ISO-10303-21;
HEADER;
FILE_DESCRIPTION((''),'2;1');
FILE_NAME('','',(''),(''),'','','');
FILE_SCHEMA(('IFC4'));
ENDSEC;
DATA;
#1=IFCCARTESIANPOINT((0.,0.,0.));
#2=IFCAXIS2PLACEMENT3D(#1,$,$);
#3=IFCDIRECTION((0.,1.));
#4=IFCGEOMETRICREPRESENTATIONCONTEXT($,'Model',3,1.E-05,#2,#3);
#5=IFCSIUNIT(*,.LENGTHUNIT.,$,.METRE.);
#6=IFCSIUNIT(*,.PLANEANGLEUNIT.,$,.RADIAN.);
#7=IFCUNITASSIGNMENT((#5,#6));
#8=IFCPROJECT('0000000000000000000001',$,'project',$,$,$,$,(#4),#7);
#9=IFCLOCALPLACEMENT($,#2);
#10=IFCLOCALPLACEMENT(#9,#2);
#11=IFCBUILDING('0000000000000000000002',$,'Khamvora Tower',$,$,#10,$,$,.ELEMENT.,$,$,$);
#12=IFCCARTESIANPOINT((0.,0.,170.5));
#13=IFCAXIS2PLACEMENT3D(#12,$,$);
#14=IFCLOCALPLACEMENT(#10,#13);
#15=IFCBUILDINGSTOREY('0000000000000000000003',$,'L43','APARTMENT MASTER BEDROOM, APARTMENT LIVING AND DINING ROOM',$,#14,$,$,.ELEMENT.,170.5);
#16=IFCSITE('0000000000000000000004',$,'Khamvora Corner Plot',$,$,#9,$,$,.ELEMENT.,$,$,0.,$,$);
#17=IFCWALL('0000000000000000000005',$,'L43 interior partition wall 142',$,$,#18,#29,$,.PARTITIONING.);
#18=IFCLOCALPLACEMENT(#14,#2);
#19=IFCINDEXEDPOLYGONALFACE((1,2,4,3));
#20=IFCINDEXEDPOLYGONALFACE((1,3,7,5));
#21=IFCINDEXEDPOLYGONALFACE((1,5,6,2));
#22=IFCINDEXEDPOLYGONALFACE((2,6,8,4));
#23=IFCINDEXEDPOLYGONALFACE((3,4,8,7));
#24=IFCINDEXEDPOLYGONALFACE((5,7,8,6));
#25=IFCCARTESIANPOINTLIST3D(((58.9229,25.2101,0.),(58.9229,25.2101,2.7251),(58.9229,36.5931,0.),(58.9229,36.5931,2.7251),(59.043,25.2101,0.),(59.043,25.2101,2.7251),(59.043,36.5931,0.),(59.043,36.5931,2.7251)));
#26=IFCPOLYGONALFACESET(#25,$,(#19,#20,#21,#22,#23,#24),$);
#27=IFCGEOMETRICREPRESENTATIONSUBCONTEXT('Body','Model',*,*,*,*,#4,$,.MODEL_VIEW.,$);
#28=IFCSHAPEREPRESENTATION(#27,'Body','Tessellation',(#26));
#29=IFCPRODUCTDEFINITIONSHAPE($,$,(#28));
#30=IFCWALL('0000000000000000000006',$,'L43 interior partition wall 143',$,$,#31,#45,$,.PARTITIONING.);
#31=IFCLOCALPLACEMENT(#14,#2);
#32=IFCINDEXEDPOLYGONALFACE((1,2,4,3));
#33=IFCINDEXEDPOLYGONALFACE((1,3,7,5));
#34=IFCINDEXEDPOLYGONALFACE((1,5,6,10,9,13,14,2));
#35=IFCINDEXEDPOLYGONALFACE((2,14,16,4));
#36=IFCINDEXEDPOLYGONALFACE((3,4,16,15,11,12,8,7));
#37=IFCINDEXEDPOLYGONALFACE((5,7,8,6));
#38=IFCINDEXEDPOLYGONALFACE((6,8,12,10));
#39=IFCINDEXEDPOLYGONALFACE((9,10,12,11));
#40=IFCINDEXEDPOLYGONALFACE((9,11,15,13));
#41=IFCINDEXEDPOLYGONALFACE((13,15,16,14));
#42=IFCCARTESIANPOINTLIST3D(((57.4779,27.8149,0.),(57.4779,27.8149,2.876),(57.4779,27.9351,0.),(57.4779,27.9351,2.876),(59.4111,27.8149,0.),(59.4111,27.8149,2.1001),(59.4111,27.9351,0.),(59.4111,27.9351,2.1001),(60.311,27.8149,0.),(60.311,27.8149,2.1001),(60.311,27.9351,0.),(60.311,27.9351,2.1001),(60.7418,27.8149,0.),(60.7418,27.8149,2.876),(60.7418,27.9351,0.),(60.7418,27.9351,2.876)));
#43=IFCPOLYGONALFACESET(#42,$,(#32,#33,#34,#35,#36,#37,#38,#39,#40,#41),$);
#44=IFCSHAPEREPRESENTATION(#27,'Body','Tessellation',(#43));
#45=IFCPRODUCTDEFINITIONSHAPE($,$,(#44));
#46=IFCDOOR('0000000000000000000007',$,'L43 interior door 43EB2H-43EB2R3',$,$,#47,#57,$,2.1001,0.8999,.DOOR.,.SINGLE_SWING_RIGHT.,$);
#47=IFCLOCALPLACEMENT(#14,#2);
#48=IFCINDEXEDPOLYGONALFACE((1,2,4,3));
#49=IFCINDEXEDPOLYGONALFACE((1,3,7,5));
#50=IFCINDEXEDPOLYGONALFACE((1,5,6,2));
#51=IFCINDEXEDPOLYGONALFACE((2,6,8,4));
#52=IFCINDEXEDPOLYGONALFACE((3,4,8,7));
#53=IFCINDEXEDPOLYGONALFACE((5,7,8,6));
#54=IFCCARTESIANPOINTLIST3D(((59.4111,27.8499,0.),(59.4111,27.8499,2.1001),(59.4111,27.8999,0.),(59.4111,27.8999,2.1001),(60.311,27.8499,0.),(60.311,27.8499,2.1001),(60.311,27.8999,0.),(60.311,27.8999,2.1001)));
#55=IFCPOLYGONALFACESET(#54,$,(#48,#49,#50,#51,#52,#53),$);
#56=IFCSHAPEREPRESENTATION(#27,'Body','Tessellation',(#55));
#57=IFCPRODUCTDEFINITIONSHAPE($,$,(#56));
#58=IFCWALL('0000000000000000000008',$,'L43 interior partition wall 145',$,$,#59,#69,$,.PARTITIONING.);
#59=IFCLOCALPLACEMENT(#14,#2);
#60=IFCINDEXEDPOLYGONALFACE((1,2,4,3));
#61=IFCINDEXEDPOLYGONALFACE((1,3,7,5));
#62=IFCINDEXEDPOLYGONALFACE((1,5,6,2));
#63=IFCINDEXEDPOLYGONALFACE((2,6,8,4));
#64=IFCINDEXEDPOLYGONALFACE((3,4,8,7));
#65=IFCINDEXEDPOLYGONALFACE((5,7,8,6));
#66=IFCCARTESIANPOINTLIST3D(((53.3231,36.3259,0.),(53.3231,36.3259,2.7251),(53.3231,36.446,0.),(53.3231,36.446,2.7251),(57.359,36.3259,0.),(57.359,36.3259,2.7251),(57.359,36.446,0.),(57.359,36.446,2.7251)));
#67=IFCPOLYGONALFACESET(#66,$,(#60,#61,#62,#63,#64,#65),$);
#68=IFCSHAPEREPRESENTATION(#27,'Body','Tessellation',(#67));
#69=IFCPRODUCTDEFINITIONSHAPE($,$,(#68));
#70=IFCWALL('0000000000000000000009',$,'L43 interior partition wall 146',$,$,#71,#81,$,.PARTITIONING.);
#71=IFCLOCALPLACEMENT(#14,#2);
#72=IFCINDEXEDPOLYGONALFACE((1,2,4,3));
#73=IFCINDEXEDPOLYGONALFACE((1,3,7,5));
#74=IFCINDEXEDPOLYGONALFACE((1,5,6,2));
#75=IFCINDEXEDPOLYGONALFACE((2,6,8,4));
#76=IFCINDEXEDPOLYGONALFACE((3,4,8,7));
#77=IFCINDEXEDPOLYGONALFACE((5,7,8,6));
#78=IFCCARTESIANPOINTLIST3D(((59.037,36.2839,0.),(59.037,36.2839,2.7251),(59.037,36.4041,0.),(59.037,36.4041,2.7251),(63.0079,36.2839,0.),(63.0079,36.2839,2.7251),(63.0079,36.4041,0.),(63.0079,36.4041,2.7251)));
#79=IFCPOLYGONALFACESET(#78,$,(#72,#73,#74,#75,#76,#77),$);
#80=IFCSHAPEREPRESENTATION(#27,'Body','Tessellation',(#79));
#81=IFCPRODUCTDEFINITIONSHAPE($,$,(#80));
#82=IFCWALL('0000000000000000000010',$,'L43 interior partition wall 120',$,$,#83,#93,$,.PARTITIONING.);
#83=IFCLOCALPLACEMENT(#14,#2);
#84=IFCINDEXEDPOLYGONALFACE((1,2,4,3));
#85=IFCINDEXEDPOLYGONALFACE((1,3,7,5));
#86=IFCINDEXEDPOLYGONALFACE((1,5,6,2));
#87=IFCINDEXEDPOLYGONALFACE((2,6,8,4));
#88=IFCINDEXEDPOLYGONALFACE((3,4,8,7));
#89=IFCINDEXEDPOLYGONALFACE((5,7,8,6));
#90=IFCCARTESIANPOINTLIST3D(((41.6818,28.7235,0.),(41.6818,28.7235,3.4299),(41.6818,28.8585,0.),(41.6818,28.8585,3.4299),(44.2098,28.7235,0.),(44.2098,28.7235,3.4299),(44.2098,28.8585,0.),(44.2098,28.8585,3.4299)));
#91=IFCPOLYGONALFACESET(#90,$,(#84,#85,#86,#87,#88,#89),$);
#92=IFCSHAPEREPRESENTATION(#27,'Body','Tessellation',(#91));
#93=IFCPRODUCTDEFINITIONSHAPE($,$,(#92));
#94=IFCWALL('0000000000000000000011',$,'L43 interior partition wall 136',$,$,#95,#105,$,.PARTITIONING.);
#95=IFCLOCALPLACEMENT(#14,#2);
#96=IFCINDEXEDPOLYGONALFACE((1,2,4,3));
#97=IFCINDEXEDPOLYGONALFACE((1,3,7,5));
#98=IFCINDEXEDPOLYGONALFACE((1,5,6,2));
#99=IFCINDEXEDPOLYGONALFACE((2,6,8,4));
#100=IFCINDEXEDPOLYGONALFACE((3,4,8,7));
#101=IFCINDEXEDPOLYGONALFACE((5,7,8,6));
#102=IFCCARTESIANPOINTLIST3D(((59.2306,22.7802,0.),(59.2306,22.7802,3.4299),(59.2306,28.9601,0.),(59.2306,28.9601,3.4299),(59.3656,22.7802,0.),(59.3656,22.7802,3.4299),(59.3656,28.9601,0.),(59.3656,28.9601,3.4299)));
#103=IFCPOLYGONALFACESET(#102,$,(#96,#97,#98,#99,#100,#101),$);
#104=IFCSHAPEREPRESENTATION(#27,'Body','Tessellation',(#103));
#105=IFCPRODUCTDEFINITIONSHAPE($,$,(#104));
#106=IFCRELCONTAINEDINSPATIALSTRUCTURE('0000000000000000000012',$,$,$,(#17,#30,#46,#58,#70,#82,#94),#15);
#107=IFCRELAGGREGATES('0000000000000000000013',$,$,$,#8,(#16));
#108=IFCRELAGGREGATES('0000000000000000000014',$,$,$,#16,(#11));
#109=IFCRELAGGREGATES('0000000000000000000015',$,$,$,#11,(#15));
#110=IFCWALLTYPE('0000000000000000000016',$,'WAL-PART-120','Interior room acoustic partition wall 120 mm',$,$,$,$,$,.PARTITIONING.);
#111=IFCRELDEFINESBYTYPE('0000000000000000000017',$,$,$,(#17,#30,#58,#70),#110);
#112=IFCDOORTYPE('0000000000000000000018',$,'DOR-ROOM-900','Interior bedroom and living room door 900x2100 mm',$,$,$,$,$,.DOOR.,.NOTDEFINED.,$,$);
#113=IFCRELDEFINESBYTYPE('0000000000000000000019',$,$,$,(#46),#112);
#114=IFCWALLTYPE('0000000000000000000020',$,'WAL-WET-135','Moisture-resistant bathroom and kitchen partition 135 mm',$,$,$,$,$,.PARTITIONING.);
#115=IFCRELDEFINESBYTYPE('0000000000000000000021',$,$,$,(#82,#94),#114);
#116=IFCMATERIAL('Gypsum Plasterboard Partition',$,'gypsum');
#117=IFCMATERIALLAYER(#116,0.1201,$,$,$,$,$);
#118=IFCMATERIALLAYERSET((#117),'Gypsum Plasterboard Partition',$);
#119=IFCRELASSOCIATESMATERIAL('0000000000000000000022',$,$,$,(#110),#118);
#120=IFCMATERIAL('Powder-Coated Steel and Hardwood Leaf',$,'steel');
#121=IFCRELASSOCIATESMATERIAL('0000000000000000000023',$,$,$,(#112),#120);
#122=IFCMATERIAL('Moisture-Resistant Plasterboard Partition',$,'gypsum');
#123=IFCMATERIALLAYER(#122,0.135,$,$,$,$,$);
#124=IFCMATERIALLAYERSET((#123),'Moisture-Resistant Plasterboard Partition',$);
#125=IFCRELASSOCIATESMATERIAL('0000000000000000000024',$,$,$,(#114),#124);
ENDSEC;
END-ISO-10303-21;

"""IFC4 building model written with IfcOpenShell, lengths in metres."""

from ifc_helpers import new_model, si_unit, direction, frame, frame_2d, origin, place, context, subcontext, project, spatial, rectangle, extrude, material, layer, layer_set, type_object, element, fill, save


model = new_model("IFC4")

# Units and contexts
model_context = context("Model", 3, precision=1e-05, world=origin(), true_north=direction((0.0, 1.0)))
body_context = subcontext(model_context, "Body", "Model", "MODEL_VIEW")
ifc_project = project(units=[si_unit("LENGTHUNIT", "METRE"), si_unit("PLANEANGLEUNIT", "RADIAN")], contexts=[model_context])

# Site, building, storey
site_placement = place(None, origin())
site = spatial("IfcSite", under=ifc_project, at=site_placement, Name="Khamvora Corner Plot", CompositionType="ELEMENT", RefElevation=0.0)
building_placement = place(site_placement, origin())
building = spatial("IfcBuilding", under=site, at=building_placement, Name="Khamvora Tower", CompositionType="ELEMENT")
storey_placement = place(building_placement, frame((0.0, 0.0, 170.5)))
storey = spatial("IfcBuildingStorey", under=building, at=storey_placement, Name="L43", Description="APARTMENT MASTER BEDROOM, APARTMENT LIVING AND DINING ROOM", CompositionType="ELEMENT", Elevation=170.5)

# Shared definitions
ifc_material_1 = material(Name="Gypsum Plasterboard Partition", Category="gypsum")
ifc_layer_1 = layer(ifc_material_1, 0.1201)
ifc_layer_set_1 = layer_set([ifc_layer_1], Name="Gypsum Plasterboard Partition")
wall_type_1 = type_object("IfcWallType", Name="WAL-PART-120", Description="Interior room acoustic partition wall 120 mm", PredefinedType="PARTITIONING", material=ifc_layer_set_1)

# Shared definitions
ifc_material_2 = material(Name="Powder-Coated Steel and Hardwood Leaf", Category="steel")
door_type = type_object("IfcDoorType", Name="DOR-ROOM-900", Description="Interior bedroom and living room door 900x2100 mm", OperationType="NOTDEFINED", PredefinedType="DOOR", material=ifc_material_2)

# Wall
wall_1_placement = place(storey_placement, frame((58.9829, 36.593, 0.0), z_axis=(0.0, 0.0, 1.0), x_axis=(0.0, -1.0, 0.0)))
element("IfcWall", 1, at=wall_1_placement, inside=storey, type_object=wall_type_1, Name="L43 interior partition wall 142", PredefinedType="PARTITIONING", context=body_context, shape_type="SweptSolid", body=[
    extrude(rectangle(XDim=11.3831, YDim=0.1201, at=frame_2d((5.6914, 0.0))), origin(), (0.0, 0.0, 1.0), 2.7251),
])

# Wall, opening, door
wall_2_placement = place(storey_placement, frame((57.478, 27.875, 0.0), z_axis=(0.0, 0.0, 1.0), x_axis=(1.0, 0.0, 0.0)))
wall_2 = element("IfcWall", 2, at=wall_2_placement, inside=storey, type_object=wall_type_1, Name="L43 interior partition wall 143", PredefinedType="PARTITIONING", context=body_context, shape_type="SweptSolid", body=[
    extrude(rectangle(XDim=3.2639, YDim=0.1201, at=frame_2d((1.6318, 0.0))), origin(), (0.0, 0.0, 1.0), 2.876),
])
opening_1_placement = place(wall_2_placement, frame((1.9331, 0.0, 0.0)))
opening_1 = element("IfcOpeningElement", 3, at=opening_1_placement, cuts=wall_2, PredefinedType="OPENING", context=body_context, shape_type="SweptSolid", body=[
    extrude(rectangle(XDim=0.8999, YDim=2.1001, at=frame_2d((0.45, 1.05))), frame((0.0, 0.0701, 0.0), z_axis=(0.0, -1.0, 0.0), x_axis=(1.0, 0.0, 0.0)), (0.0, 0.0, 1.0), 0.1401),
])
door_1_placement = place(opening_1_placement, origin())
door_1 = element("IfcDoor", 4, at=door_1_placement, inside=storey, type_object=door_type, Name="L43 interior door 43EB2H-43EB2R3", OperationType="SINGLE_SWING_RIGHT", OverallHeight=2.1001, OverallWidth=0.8999, PredefinedType="DOOR", context=body_context, shape_type="SweptSolid", body=[
    extrude(rectangle(XDim=0.8999, YDim=2.1001, at=frame_2d((0.45, 1.05))), frame((0.0, 0.0249, 0.0), z_axis=(0.0, -1.0, 0.0), x_axis=(1.0, 0.0, 0.0)), (0.0, 0.0, 1.0), 0.05),
])
fill(opening_1, door_1)

# Walls
wall_3_placement = place(storey_placement, frame((53.323, 36.386, 0.0), z_axis=(0.0, 0.0, 1.0), x_axis=(1.0, 0.0, 0.0)))
element("IfcWall", 5, at=wall_3_placement, inside=storey, type_object=wall_type_1, Name="L43 interior partition wall 145", PredefinedType="PARTITIONING", context=body_context, shape_type="SweptSolid", body=[
    extrude(rectangle(XDim=4.0359, YDim=0.1201, at=frame_2d((2.0181, 0.0))), origin(), (0.0, 0.0, 1.0), 2.7251),
])
wall_4_placement = place(storey_placement, frame((59.0371, 36.344, 0.0), z_axis=(0.0, 0.0, 1.0), x_axis=(1.0, 0.0, 0.0)))
element("IfcWall", 6, at=wall_4_placement, inside=storey, type_object=wall_type_1, Name="L43 interior partition wall 146", PredefinedType="PARTITIONING", context=body_context, shape_type="SweptSolid", body=[
    extrude(rectangle(XDim=3.9709, YDim=0.1201, at=frame_2d((1.9854, 0.0))), origin(), (0.0, 0.0, 1.0), 2.7251),
])
ifc_material_3 = material(Name="Moisture-Resistant Plasterboard Partition", Category="gypsum")
ifc_layer_2 = layer(ifc_material_3, 0.135)
ifc_layer_set_2 = layer_set([ifc_layer_2], Name="Moisture-Resistant Plasterboard Partition")
wall_type_2 = type_object("IfcWallType", Name="WAL-WET-135", Description="Moisture-resistant bathroom and kitchen partition 135 mm", PredefinedType="PARTITIONING", material=ifc_layer_set_2)
wall_5_placement = place(storey_placement, frame((44.21, 28.791, 0.0), z_axis=(0.0, 0.0, 1.0), x_axis=(-1.0, 0.0, 0.0)))
element("IfcWall", 7, at=wall_5_placement, inside=storey, type_object=wall_type_2, Name="L43 interior partition wall 120", PredefinedType="PARTITIONING", context=body_context, shape_type="SweptSolid", body=[
    extrude(rectangle(XDim=2.5281, YDim=0.135, at=frame_2d((1.2642, 0.0))), origin(), (0.0, 0.0, 1.0), 3.4299),
])
wall_6_placement = place(storey_placement, frame((59.2981, 28.96, 0.0), z_axis=(0.0, 0.0, 1.0), x_axis=(0.0, -1.0, 0.0)))
element("IfcWall", 8, at=wall_6_placement, inside=storey, type_object=wall_type_2, Name="L43 interior partition wall 136", PredefinedType="PARTITIONING", context=body_context, shape_type="SweptSolid", body=[
    extrude(rectangle(XDim=6.1799, YDim=0.135, at=frame_2d((3.0898, 0.0))), origin(), (0.0, 0.0, 1.0), 3.4299),
])

save(model, "model.ifc")
